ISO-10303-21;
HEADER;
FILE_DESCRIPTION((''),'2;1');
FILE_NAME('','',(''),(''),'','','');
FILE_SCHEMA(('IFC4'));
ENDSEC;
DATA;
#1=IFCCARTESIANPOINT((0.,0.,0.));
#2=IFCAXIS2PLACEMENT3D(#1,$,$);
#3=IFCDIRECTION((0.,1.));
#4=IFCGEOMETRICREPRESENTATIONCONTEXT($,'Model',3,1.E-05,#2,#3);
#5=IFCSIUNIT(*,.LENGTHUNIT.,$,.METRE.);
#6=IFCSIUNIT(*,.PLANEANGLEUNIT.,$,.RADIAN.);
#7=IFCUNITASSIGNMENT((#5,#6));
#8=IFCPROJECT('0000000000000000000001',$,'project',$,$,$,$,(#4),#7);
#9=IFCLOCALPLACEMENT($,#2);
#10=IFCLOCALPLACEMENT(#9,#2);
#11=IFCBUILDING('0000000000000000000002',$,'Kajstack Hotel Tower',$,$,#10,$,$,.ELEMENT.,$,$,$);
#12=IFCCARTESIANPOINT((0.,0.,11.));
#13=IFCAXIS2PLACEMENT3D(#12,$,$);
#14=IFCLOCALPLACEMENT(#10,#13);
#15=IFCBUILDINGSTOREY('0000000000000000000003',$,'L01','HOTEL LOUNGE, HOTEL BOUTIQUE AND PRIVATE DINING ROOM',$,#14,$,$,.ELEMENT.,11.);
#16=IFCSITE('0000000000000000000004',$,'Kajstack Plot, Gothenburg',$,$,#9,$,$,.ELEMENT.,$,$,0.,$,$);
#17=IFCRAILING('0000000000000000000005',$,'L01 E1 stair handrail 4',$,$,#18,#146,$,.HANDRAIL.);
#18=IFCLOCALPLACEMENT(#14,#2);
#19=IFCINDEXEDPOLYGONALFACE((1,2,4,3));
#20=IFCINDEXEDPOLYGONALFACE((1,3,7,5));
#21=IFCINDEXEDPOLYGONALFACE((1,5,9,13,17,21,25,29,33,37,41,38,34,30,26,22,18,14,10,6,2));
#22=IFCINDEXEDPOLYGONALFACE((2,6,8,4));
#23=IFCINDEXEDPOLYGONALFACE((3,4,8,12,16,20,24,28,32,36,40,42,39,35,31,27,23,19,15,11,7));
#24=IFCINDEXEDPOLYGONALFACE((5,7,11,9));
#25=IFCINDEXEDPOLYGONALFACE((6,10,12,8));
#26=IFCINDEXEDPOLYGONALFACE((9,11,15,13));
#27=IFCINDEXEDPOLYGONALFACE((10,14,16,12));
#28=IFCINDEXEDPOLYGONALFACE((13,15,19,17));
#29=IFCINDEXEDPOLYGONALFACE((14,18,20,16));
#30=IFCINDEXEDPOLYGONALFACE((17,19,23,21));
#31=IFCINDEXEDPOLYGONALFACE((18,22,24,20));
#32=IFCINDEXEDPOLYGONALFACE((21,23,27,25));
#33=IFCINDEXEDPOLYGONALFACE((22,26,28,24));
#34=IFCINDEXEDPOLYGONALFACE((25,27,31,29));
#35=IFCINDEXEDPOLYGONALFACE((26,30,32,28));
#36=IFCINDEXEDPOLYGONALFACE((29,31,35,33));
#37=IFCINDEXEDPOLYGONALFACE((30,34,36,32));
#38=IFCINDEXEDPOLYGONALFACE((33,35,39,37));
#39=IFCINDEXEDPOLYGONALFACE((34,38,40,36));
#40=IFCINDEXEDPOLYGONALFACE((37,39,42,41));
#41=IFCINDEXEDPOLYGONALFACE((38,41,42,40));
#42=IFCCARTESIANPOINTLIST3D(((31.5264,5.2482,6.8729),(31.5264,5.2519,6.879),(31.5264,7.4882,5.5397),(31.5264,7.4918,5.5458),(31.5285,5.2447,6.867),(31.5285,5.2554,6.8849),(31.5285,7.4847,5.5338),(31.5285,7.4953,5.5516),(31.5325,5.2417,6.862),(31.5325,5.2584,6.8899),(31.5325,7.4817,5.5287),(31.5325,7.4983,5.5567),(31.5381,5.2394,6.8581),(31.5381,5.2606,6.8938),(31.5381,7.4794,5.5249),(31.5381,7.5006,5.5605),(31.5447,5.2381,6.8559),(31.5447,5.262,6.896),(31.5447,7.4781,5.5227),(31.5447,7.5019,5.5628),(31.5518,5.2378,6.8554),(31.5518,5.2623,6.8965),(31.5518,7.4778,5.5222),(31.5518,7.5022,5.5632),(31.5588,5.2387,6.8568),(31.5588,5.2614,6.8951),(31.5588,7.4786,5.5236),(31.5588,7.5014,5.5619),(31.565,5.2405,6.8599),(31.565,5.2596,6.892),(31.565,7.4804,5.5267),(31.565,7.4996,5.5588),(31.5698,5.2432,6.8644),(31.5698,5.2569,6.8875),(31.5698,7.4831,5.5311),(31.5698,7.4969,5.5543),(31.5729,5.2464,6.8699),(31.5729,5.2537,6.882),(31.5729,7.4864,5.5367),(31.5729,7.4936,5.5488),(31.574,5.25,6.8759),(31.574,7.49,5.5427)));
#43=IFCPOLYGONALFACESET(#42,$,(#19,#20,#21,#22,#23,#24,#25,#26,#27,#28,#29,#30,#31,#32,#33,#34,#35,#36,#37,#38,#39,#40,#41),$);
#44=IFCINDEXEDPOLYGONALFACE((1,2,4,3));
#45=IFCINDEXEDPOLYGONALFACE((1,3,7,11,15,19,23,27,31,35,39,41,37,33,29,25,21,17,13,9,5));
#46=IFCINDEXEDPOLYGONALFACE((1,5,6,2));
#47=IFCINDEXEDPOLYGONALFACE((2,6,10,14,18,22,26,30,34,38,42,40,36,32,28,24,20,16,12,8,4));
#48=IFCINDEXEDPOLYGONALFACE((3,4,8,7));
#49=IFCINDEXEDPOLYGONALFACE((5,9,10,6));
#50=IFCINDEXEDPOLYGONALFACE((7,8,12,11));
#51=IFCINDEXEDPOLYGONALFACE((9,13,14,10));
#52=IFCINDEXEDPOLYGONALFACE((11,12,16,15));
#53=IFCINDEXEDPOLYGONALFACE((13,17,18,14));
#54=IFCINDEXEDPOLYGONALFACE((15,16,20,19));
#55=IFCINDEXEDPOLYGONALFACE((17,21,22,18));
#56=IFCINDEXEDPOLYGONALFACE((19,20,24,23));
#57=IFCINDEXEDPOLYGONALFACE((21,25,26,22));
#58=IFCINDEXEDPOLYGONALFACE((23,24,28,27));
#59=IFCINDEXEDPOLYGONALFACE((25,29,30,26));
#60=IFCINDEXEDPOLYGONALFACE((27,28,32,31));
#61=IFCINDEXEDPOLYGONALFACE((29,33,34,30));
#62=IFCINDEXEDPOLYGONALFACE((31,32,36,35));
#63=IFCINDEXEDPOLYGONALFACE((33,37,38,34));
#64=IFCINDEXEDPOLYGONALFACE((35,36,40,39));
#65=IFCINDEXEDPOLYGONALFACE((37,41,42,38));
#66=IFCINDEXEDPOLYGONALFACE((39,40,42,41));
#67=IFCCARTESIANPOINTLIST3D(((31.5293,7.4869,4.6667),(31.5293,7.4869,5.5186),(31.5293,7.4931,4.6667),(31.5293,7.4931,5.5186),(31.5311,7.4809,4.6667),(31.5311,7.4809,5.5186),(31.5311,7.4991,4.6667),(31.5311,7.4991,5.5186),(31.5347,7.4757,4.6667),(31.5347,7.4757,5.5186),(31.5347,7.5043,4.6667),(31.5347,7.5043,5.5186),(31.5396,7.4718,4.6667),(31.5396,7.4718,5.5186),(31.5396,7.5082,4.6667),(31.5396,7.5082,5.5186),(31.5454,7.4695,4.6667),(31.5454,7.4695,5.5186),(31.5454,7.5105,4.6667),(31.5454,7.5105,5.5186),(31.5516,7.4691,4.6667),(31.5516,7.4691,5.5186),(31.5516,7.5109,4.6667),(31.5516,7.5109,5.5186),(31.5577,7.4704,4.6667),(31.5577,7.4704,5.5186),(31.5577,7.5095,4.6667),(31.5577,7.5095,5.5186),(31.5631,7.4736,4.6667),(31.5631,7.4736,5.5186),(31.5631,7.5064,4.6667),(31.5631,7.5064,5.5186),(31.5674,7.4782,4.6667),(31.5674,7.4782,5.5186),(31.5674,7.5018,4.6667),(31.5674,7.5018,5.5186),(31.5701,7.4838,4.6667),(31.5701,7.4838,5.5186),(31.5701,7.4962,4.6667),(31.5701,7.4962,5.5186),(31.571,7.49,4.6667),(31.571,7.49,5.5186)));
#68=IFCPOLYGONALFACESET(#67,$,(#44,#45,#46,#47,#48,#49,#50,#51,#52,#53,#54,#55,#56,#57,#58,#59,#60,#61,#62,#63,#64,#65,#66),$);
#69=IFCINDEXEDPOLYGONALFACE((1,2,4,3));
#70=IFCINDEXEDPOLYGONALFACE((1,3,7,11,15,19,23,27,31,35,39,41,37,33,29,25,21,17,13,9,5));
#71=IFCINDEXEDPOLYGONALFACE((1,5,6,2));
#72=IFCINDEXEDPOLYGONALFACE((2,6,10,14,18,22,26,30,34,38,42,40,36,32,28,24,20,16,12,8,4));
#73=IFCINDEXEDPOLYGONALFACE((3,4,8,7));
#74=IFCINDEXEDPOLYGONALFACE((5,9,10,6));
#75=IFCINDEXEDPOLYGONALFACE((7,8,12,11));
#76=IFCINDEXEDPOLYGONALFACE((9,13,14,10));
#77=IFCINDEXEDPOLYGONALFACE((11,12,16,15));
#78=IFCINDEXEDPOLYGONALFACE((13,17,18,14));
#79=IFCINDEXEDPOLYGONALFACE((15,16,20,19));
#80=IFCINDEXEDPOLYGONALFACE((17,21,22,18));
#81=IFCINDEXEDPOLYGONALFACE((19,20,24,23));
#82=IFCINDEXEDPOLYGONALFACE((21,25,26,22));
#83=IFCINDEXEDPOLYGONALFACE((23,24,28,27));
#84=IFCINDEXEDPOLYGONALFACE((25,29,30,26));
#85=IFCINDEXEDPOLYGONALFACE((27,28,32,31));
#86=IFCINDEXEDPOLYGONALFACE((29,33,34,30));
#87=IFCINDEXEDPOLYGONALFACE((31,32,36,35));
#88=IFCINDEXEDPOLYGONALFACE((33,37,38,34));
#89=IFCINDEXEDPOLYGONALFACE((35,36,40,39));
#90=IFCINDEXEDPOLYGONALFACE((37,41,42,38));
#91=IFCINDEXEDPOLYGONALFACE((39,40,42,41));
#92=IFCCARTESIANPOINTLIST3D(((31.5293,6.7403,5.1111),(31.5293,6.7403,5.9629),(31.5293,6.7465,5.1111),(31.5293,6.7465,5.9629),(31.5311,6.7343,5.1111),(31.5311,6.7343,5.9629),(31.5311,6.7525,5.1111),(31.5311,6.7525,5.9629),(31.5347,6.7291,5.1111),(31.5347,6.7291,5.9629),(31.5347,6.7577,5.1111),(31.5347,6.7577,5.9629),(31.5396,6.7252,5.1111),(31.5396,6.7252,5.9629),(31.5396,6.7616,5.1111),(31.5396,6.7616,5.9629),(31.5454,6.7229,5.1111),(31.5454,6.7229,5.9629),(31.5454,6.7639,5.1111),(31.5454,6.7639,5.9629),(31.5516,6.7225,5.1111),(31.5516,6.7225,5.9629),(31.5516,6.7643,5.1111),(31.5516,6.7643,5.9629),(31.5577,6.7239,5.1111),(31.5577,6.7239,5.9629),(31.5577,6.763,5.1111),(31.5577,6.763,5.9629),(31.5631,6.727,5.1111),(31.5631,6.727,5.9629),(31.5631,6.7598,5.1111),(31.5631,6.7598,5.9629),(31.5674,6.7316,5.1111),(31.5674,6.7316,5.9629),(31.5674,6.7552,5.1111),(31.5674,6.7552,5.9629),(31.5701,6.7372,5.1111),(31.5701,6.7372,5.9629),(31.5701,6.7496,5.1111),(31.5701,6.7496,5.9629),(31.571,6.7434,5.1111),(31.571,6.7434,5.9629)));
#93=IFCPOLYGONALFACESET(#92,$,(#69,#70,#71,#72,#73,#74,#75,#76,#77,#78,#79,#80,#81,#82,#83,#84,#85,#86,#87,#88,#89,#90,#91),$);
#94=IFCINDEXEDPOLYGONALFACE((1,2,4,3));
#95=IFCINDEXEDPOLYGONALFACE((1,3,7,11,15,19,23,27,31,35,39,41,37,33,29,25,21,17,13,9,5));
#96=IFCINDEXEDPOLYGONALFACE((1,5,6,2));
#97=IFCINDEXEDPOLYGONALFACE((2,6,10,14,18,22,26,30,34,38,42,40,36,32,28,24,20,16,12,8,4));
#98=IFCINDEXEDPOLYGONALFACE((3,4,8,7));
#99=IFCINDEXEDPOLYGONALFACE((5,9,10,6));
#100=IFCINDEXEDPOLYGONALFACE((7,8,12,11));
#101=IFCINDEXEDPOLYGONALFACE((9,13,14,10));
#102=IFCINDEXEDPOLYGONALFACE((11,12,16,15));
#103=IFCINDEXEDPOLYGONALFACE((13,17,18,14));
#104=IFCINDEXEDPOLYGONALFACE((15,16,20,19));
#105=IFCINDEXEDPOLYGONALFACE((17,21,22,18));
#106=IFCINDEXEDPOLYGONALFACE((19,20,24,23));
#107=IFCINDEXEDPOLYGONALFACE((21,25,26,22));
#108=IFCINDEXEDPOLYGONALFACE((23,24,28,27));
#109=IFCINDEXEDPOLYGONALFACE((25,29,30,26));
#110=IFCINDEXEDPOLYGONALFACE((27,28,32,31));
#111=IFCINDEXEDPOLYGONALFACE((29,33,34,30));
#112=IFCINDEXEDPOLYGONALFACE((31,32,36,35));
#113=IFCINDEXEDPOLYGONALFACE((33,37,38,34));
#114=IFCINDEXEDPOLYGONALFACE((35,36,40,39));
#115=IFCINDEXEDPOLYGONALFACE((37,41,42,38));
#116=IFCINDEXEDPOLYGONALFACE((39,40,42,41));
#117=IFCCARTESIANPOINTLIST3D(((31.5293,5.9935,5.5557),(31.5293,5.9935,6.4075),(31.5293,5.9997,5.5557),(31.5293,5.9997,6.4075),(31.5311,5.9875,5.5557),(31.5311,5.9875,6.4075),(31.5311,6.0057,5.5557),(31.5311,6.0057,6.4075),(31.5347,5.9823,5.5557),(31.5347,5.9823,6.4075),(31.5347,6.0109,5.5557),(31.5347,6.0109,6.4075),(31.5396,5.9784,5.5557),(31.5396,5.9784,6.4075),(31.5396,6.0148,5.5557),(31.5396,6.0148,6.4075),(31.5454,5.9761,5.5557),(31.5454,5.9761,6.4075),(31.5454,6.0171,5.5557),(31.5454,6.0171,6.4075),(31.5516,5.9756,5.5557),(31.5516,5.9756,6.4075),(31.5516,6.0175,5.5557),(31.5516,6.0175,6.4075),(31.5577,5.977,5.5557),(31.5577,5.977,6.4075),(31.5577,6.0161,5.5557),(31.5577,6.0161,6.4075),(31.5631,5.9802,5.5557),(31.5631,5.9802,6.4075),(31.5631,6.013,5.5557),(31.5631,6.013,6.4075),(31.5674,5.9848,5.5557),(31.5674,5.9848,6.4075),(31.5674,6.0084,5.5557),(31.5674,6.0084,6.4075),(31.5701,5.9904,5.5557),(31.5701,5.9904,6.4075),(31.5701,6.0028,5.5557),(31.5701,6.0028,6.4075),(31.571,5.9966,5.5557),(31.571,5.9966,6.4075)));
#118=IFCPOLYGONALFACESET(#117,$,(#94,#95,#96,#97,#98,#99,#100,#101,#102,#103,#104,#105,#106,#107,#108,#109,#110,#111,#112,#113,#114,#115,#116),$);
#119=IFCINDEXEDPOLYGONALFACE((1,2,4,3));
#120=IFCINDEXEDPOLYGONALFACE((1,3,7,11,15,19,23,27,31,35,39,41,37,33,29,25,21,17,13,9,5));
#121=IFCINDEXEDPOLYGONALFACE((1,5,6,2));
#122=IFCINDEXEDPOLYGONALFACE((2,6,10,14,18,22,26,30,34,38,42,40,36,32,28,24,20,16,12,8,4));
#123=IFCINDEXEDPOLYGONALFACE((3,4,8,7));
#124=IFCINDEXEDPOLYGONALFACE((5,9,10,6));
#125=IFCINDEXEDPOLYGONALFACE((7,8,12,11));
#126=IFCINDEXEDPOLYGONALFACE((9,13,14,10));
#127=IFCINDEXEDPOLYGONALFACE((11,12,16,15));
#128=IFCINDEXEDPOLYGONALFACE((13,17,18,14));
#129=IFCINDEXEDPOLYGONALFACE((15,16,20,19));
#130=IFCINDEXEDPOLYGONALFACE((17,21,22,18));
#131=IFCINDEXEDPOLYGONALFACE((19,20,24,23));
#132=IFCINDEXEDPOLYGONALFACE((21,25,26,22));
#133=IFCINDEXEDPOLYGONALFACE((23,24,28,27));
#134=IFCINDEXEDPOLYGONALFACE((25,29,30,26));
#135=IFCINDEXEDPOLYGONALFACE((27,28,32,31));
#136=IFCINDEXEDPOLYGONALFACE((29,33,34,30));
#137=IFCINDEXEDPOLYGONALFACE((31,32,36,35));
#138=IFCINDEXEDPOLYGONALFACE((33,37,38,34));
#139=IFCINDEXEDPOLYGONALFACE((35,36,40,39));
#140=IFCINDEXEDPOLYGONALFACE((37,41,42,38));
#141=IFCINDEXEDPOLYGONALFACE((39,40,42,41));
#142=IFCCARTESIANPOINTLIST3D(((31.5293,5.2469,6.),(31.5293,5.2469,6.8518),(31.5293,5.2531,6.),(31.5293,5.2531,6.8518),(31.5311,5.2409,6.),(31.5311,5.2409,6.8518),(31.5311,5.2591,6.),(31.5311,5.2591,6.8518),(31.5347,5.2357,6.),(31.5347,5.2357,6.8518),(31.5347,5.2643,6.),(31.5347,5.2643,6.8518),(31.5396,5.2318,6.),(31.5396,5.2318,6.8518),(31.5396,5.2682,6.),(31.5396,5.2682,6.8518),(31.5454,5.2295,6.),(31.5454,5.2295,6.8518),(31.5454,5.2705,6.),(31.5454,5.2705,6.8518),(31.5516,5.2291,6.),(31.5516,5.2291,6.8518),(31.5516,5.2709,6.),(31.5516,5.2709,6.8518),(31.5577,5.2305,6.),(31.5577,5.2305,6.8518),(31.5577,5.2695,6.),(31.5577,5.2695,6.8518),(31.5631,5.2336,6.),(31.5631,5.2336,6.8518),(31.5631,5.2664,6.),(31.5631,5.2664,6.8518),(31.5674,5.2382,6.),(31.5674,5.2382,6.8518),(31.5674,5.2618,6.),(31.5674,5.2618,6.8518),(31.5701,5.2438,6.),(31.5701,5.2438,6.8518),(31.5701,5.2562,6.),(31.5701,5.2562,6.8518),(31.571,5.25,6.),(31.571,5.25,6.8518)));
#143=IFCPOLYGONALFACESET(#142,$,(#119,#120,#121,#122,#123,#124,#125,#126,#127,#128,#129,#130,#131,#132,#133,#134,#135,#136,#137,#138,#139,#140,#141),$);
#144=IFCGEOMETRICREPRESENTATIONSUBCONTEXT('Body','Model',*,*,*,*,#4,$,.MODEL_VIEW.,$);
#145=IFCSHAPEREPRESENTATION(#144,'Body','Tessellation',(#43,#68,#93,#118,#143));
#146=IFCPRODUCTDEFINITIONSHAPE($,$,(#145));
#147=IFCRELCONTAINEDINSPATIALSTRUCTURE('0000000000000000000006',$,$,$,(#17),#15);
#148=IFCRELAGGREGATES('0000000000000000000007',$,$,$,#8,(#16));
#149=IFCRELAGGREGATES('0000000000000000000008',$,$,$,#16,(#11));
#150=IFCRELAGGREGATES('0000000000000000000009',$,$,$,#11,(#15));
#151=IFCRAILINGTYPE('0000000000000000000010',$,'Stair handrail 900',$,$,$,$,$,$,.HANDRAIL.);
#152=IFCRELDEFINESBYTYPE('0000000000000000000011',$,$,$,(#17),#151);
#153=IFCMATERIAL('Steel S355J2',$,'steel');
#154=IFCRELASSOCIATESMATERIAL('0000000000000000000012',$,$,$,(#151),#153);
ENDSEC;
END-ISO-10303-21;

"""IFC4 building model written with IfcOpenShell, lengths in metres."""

from ifc_helpers import new_model, si_unit, direction, frame, origin, origin_2d, place, context, subcontext, project, spatial, circle, extrude, material, type_object, element, save


model = new_model("IFC4")

# Units and contexts
model_context = context("Model", 3, precision=1e-05, world=origin(), true_north=direction((0.0, 1.0)))
body_context = subcontext(model_context, "Body", "Model", "MODEL_VIEW")
ifc_project = project(units=[si_unit("LENGTHUNIT", "METRE"), si_unit("PLANEANGLEUNIT", "RADIAN")], contexts=[model_context])

# Site, building, storey
site_placement = place(None, origin())
site = spatial("IfcSite", under=ifc_project, at=site_placement, Name="Kajstack Plot, Gothenburg", CompositionType="ELEMENT", RefElevation=0.0)
building_placement = place(site_placement, origin())
building = spatial("IfcBuilding", under=site, at=building_placement, Name="Kajstack Hotel Tower", CompositionType="ELEMENT")
storey_placement = place(building_placement, frame((0.0, 0.0, 11.0)))
storey = spatial("IfcBuildingStorey", under=building, at=storey_placement, Name="L01", Description="HOTEL LOUNGE, HOTEL BOUTIQUE AND PRIVATE DINING ROOM", CompositionType="ELEMENT", Elevation=11.0)

# Railing
ifc_material_1 = material(Name="Steel S355J2", Category="steel")
railing_type_1 = type_object("IfcRailingType", Name="Stair handrail 900", PredefinedType="HANDRAIL", material=ifc_material_1)
railing_1_placement = place(storey_placement, frame((31.55, 7.49, 4.6667)))
element("IfcRailing", 1, at=railing_1_placement, inside=storey, type_object=railing_type_1, Name="L01 E1 stair handrail 4", PredefinedType="HANDRAIL", context=body_context, shape_type="SweptSolid", body=[
    extrude(circle(Radius=0.0239, at=origin_2d()), frame((0.0, 0.0, 0.876), z_axis=(0.0, -0.859306, 0.511462), x_axis=(1.0, 0.0, 0.0)), (0.0, 0.0, 1.0), 2.6067),
    extrude(circle(Radius=0.021, at=origin_2d()), origin(), (0.0, 0.0, 1.0), 0.8518),
    extrude(circle(Radius=0.021, at=origin_2d()), frame((0.0, -0.7466, 0.4443)), (0.0, 0.0, 1.0), 0.8518),
    extrude(circle(Radius=0.021, at=origin_2d()), frame((0.0, -1.4934, 0.8889)), (0.0, 0.0, 1.0), 0.8518),
    extrude(circle(Radius=0.021, at=origin_2d()), frame((0.0, -2.24, 1.3333)), (0.0, 0.0, 1.0), 0.8518),
])

save(model, "model.ifc")
